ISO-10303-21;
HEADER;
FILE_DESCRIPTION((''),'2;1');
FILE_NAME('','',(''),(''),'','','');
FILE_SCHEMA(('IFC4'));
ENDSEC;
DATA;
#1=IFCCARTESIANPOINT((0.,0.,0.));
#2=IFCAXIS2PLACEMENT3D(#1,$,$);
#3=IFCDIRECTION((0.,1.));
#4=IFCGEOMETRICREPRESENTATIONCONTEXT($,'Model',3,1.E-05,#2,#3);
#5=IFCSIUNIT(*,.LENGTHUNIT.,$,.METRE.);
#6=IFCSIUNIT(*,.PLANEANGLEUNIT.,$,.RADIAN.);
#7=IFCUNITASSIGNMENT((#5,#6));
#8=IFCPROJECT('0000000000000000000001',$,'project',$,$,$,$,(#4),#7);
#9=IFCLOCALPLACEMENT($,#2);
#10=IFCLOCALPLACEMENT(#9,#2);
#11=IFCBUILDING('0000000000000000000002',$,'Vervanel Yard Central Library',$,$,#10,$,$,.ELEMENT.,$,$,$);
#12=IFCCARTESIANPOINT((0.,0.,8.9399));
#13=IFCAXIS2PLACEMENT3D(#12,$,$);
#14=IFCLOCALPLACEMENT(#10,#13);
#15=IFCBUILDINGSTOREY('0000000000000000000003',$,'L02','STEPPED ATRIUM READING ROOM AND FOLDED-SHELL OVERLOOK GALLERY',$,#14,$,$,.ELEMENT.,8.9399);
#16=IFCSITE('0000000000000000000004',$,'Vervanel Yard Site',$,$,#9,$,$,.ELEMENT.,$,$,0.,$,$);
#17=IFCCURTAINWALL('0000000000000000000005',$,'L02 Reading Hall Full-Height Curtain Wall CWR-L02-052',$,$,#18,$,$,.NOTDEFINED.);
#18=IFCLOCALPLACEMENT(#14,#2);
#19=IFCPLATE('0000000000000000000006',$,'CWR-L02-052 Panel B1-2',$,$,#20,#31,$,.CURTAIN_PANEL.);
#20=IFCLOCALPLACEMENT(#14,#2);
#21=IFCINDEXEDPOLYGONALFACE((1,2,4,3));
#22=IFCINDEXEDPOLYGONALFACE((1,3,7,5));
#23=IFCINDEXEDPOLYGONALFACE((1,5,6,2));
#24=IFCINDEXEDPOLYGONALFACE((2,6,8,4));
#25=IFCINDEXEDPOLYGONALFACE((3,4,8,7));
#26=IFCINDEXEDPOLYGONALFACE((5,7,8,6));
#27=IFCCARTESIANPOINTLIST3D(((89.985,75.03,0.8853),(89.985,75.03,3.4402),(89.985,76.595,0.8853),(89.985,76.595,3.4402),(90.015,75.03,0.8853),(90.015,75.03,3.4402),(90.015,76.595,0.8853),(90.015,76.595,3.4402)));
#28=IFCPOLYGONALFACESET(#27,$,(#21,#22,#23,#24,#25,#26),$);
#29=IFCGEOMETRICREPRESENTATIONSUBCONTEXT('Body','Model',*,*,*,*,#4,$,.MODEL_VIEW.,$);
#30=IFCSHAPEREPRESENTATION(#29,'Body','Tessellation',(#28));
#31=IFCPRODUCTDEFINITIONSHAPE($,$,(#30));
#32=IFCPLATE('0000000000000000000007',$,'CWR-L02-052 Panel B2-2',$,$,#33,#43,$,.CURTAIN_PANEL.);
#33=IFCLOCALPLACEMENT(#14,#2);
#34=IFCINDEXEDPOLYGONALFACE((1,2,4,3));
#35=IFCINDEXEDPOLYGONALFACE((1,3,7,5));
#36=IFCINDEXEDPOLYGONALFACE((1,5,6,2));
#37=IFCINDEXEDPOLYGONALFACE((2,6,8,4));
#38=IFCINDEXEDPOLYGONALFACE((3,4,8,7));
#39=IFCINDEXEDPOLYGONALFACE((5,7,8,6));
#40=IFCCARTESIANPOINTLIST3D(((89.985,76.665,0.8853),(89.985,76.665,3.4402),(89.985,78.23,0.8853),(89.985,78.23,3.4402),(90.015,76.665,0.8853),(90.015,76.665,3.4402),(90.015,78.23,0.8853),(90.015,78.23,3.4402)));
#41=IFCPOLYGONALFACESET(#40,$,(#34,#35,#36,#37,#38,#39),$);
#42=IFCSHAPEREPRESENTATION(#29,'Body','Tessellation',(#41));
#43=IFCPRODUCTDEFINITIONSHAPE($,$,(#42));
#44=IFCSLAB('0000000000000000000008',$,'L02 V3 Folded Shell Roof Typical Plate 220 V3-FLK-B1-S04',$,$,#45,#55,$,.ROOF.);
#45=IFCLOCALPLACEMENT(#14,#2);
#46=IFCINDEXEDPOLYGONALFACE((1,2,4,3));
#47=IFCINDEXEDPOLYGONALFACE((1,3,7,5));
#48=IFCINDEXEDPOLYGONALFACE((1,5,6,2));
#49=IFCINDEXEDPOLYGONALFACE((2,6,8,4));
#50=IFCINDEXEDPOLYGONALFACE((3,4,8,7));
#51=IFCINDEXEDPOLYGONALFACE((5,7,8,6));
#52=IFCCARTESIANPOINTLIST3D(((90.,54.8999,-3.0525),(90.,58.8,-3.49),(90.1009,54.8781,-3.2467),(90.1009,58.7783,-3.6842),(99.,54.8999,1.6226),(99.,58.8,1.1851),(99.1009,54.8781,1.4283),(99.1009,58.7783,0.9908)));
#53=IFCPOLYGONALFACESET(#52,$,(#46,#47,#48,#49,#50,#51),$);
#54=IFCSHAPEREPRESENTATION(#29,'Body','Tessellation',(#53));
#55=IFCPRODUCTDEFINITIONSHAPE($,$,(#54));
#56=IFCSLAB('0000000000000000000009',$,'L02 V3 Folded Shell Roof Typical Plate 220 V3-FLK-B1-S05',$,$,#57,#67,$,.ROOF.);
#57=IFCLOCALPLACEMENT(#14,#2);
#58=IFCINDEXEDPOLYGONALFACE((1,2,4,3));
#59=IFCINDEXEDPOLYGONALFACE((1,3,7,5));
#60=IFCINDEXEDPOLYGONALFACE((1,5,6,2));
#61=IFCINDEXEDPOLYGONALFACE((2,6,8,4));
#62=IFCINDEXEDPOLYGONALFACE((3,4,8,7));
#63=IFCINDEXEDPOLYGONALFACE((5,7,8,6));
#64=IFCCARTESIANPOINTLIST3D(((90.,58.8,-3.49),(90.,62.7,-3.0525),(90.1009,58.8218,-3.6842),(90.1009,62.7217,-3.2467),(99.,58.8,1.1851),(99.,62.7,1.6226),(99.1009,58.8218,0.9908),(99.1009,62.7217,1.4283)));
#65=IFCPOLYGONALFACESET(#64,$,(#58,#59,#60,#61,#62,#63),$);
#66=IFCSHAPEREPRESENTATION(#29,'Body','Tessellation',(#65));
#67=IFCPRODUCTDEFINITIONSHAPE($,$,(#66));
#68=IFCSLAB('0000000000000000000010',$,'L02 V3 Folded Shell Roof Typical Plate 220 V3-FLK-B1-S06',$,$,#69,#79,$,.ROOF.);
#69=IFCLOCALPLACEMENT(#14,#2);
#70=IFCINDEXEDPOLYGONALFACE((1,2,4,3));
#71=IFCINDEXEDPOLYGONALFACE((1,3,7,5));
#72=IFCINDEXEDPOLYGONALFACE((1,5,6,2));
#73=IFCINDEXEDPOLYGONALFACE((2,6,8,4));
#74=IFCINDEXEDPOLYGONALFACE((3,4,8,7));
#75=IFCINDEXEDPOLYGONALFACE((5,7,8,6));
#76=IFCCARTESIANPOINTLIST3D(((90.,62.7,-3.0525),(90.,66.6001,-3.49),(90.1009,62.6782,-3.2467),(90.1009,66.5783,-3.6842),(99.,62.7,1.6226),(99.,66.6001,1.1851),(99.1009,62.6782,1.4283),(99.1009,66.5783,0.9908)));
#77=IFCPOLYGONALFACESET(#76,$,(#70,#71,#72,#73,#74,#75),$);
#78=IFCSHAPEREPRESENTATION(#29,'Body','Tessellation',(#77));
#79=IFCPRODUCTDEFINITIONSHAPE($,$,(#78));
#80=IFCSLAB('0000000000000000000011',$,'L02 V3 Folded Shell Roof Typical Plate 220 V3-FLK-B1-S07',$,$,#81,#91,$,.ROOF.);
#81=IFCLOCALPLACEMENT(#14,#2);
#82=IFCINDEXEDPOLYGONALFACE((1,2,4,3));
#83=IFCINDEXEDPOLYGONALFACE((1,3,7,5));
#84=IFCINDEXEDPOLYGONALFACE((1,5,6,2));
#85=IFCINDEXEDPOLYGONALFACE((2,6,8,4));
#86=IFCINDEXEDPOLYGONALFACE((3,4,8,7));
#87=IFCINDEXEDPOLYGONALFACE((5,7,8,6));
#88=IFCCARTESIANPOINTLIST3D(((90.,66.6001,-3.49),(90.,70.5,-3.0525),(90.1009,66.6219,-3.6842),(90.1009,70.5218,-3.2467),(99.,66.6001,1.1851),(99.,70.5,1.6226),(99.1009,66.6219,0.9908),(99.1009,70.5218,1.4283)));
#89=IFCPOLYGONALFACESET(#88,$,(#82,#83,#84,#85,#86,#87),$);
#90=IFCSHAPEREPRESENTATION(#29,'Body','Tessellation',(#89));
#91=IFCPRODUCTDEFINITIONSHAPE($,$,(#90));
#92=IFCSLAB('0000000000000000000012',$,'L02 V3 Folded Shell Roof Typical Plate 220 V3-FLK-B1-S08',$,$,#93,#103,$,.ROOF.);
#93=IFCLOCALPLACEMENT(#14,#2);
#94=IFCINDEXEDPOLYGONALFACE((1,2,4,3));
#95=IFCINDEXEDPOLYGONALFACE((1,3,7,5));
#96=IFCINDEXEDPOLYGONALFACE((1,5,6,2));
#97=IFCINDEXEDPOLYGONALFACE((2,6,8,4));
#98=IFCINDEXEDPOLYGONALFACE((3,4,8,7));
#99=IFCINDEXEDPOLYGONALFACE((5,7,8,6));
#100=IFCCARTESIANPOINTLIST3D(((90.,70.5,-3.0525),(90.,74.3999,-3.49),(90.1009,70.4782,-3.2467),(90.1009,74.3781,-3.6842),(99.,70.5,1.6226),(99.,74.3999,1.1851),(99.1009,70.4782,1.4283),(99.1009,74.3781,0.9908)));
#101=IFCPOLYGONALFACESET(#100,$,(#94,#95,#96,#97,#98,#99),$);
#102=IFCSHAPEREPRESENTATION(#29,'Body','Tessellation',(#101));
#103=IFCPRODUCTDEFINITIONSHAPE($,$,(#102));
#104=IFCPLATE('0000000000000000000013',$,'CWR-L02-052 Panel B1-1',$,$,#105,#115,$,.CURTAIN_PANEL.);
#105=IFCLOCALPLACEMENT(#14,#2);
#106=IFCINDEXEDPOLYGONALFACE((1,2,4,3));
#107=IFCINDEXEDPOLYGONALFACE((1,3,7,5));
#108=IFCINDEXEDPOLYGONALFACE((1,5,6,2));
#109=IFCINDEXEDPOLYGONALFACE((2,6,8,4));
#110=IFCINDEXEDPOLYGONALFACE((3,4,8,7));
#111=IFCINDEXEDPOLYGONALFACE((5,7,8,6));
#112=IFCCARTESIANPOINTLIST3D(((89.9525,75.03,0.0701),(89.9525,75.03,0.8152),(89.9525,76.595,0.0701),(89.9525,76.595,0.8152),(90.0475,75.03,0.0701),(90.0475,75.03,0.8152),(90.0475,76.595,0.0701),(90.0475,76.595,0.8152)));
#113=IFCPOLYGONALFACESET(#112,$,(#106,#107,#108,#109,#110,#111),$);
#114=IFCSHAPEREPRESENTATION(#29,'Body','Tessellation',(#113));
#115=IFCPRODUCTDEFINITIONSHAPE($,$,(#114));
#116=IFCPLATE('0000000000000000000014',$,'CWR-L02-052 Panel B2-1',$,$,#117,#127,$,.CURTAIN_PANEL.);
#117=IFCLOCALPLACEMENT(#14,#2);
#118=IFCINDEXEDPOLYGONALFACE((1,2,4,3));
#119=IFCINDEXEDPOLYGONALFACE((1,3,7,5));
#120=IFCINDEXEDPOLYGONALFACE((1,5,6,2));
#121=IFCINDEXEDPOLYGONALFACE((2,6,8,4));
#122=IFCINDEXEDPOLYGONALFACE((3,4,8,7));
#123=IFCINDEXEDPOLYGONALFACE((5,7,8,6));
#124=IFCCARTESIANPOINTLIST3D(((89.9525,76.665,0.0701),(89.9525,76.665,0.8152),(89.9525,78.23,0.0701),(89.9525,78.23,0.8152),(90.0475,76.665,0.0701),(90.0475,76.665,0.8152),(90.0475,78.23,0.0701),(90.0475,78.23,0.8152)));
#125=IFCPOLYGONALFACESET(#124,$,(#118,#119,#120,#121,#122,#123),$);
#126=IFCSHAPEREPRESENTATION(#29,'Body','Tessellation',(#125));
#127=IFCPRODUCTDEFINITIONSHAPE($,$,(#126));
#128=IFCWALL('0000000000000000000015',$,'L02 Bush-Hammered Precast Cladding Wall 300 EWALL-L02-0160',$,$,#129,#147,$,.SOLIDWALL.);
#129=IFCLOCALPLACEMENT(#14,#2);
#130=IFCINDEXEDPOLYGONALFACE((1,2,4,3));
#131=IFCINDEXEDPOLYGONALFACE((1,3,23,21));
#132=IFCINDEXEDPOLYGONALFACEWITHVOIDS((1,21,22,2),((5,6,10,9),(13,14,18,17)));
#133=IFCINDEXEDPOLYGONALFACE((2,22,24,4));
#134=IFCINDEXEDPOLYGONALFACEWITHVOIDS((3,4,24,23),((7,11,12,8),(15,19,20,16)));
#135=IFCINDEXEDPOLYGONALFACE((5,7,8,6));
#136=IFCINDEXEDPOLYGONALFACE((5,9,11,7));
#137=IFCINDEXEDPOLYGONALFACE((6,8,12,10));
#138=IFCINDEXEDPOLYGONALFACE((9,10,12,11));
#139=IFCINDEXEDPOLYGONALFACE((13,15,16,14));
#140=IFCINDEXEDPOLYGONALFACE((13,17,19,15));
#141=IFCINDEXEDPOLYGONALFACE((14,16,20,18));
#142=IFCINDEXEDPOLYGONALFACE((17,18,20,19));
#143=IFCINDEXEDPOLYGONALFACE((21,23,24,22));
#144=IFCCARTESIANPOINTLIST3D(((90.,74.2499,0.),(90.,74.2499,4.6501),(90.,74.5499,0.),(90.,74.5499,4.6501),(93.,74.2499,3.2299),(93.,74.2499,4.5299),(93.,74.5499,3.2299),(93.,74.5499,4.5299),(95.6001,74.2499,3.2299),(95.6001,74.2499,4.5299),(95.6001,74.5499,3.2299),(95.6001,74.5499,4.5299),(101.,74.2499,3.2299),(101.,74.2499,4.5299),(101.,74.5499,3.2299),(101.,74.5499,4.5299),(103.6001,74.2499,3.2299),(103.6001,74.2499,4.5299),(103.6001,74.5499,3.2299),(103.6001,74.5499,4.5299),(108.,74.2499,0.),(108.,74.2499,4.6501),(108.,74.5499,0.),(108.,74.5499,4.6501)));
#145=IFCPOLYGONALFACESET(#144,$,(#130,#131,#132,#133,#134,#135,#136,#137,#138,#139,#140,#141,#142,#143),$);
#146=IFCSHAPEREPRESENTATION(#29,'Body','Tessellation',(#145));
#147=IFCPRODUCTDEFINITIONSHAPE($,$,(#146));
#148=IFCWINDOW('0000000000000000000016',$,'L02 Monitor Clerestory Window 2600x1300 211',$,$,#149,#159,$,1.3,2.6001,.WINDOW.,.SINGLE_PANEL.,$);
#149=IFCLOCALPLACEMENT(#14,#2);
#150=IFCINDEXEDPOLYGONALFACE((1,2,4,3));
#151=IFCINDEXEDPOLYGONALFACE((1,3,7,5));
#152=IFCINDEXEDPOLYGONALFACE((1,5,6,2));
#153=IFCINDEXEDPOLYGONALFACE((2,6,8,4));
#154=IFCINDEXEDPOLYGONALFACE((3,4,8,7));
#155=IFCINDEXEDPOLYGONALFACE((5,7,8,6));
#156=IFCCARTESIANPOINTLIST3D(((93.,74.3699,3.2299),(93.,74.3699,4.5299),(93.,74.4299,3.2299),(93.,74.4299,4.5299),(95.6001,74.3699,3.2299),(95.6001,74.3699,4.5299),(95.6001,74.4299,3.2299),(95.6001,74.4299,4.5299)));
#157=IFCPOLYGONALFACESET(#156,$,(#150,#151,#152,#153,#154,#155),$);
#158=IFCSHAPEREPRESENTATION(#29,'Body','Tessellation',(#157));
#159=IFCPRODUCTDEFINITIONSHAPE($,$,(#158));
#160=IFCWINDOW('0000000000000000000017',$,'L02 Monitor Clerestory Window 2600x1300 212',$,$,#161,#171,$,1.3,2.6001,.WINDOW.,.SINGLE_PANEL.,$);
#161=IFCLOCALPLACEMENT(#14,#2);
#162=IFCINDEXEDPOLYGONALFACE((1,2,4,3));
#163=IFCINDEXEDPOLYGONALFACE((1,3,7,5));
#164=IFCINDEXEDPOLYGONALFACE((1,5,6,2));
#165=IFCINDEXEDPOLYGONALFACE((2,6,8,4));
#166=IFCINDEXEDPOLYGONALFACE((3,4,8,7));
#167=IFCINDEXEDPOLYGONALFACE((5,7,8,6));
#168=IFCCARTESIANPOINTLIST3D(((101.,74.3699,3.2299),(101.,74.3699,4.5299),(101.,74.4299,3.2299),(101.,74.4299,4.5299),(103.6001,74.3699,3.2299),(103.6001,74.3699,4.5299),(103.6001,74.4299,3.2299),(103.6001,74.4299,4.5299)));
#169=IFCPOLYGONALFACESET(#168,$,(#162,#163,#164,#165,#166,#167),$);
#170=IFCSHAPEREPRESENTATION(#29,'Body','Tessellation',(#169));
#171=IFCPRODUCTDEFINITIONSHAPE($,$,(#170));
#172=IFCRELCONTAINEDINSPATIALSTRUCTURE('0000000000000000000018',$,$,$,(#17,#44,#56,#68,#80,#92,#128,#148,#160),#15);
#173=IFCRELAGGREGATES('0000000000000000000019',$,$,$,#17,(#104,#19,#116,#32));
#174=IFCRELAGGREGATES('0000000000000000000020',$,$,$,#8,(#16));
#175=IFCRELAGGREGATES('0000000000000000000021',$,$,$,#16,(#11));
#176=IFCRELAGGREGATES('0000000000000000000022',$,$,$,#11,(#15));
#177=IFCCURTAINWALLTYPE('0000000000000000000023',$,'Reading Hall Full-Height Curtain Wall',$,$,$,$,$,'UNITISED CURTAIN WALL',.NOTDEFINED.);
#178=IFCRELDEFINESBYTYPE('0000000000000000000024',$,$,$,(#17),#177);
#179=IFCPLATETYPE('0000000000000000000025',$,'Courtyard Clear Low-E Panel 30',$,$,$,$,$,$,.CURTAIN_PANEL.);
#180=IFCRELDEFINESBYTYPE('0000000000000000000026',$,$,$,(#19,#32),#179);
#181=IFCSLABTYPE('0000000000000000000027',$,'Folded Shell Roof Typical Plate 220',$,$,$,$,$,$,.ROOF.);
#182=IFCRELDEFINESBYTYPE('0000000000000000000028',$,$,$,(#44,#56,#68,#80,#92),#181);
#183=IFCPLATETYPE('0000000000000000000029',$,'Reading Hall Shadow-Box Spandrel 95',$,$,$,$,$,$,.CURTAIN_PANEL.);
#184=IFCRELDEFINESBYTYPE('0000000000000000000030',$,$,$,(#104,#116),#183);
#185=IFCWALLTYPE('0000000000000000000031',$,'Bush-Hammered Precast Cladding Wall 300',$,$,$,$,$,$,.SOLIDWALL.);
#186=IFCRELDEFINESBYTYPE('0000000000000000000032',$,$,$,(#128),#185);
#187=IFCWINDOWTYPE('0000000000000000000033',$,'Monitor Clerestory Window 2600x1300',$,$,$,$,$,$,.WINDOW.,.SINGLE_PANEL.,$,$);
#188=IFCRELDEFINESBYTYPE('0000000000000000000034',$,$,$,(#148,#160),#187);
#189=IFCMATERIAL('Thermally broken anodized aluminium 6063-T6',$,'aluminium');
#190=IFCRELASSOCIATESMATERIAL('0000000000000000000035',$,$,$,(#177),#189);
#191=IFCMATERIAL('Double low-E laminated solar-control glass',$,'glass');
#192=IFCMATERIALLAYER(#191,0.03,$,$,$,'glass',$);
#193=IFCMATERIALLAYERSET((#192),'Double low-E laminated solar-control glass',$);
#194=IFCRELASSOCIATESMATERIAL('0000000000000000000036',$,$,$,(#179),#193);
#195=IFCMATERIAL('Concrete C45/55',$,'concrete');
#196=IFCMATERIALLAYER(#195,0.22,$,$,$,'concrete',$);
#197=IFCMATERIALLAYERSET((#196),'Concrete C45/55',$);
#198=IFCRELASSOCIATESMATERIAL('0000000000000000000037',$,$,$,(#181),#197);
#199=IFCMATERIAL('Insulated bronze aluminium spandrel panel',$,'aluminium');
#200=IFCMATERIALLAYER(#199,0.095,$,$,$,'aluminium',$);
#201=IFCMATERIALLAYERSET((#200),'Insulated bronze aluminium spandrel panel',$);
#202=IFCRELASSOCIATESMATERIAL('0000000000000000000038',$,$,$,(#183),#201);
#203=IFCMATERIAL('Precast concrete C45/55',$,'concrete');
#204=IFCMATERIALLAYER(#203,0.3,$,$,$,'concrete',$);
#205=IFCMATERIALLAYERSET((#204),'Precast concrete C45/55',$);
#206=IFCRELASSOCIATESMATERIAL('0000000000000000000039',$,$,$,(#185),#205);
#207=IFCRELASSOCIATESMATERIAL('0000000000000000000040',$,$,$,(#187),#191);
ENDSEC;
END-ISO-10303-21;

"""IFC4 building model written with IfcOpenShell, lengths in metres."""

from ifc_helpers import new_model, si_unit, direction, frame, frame_2d, origin, origin_2d, place, context, subcontext, project, spatial, polyline, rectangle, outline, extrude, material, layer, layer_set, type_object, element, fill, aggregate, save


model = new_model("IFC4")

# Units and contexts
model_context = context("Model", 3, precision=1e-05, world=origin(), true_north=direction((0.0, 1.0)))
body_context = subcontext(model_context, "Body", "Model", "MODEL_VIEW")
ifc_project = project(units=[si_unit("LENGTHUNIT", "METRE"), si_unit("PLANEANGLEUNIT", "RADIAN")], contexts=[model_context])

# Site, building, storey
site_placement = place(None, origin())
site = spatial("IfcSite", under=ifc_project, at=site_placement, Name="Vervanel Yard Site", CompositionType="ELEMENT", RefElevation=0.0)
building_placement = place(site_placement, origin())
building = spatial("IfcBuilding", under=site, at=building_placement, Name="Vervanel Yard Central Library", CompositionType="ELEMENT")
storey_placement = place(building_placement, frame((0.0, 0.0, 8.9399)))
storey = spatial("IfcBuildingStorey", under=building, at=storey_placement, Name="L02", Description="STEPPED ATRIUM READING ROOM AND FOLDED-SHELL OVERLOOK GALLERY", CompositionType="ELEMENT", Elevation=8.9399)

# Shared definitions
ifc_material_1 = material(Name="Concrete C45/55", Category="concrete")

# Curtain wall
ifc_material_2 = material(Name="Thermally broken anodized aluminium 6063-T6", Category="aluminium")
curtain_wall_type = type_object("IfcCurtainWallType", Name="Reading Hall Full-Height Curtain Wall", ElementType="UNITISED CURTAIN WALL", PredefinedType="NOTDEFINED", material=ifc_material_2)
curtain_wall_1_placement = place(storey_placement, origin())
curtain_wall_1 = element("IfcCurtainWall", 1, at=curtain_wall_1_placement, inside=storey, type_object=curtain_wall_type, Name="L02 Reading Hall Full-Height Curtain Wall CWR-L02-052", PredefinedType="NOTDEFINED")

# Plates
ifc_material_3 = material(Name="Double low-E laminated solar-control glass", Category="glass")
ifc_layer_1 = layer(ifc_material_3, 0.03, Category="glass")
ifc_layer_set_1 = layer_set([ifc_layer_1], Name="Double low-E laminated solar-control glass")
plate_type_1 = type_object("IfcPlateType", Name="Courtyard Clear Low-E Panel 30", PredefinedType="CURTAIN_PANEL", material=ifc_layer_set_1)
plate_1_placement = place(storey_placement, frame((90.0, 75.8125, 0.8853), z_axis=(0.0, 0.0, 1.0), x_axis=(0.0, 1.0, 0.0)))
plate_1 = element("IfcPlate", 2, at=plate_1_placement, type_object=plate_type_1, Name="CWR-L02-052 Panel B1-2", PredefinedType="CURTAIN_PANEL", context=body_context, shape_type="SweptSolid", body=[
    extrude(rectangle(XDim=1.5649, YDim=0.03, at=origin_2d()), origin(), (0.0, 0.0, 1.0), 2.5549),
])
plate_2_placement = place(storey_placement, frame((90.0, 77.4475, 0.8853), z_axis=(0.0, 0.0, 1.0), x_axis=(0.0, 1.0, 0.0)))
plate_2 = element("IfcPlate", 3, at=plate_2_placement, type_object=plate_type_1, Name="CWR-L02-052 Panel B2-2", PredefinedType="CURTAIN_PANEL", context=body_context, shape_type="SweptSolid", body=[
    extrude(rectangle(XDim=1.5649, YDim=0.03, at=origin_2d()), origin(), (0.0, 0.0, 1.0), 2.5549),
])

# Slabs
ifc_layer_2 = layer(ifc_material_1, 0.22, Category="concrete")
ifc_layer_set_2 = layer_set([ifc_layer_2], Name="Concrete C45/55")
slab_type = type_object("IfcSlabType", Name="Folded Shell Roof Typical Plate 220", PredefinedType="ROOF", material=ifc_layer_set_2)
slab_1_placement = place(storey_placement, frame((90.0, 54.8999, -3.0525), z_axis=(-0.458701, 0.099057, 0.883052), x_axis=(0.887417, 0.0, 0.460968)))
element("IfcSlab", 4, at=slab_1_placement, inside=storey, type_object=slab_type, Name="L02 V3 Folded Shell Roof Typical Plate 220 V3-FLK-B1-S04", PredefinedType="ROOF", context=body_context, shape_type="SweptSolid", body=[
    extrude(outline(polyline([(0.0, 0.0), (10.1418, 0.0), (9.9401, 3.9194), (-0.2017, 3.9194), (0.0, 0.0)])), origin(), (0.0, 0.0, -1.0), 0.22),
])
slab_2_placement = place(storey_placement, frame((90.0, 58.8, -3.49), z_axis=(-0.458701, -0.099063, 0.883052), x_axis=(0.887417, 0.0, 0.460968)))
element("IfcSlab", 5, at=slab_2_placement, inside=storey, type_object=slab_type, Name="L02 V3 Folded Shell Roof Typical Plate 220 V3-FLK-B1-S05", PredefinedType="ROOF", context=body_context, shape_type="SweptSolid", body=[
    extrude(outline(polyline([(0.0, 0.0), (10.1418, 0.0), (10.3435, 3.9192), (0.2017, 3.9192), (0.0, 0.0)])), origin(), (0.0, 0.0, -1.0), 0.22),
])
slab_3_placement = place(storey_placement, frame((90.0, 62.7, -3.0525), z_axis=(-0.458701, 0.099057, 0.883052), x_axis=(0.887417, 0.0, 0.460968)))
element("IfcSlab", 6, at=slab_3_placement, inside=storey, type_object=slab_type, Name="L02 V3 Folded Shell Roof Typical Plate 220 V3-FLK-B1-S06", PredefinedType="ROOF", context=body_context, shape_type="SweptSolid", body=[
    extrude(outline(polyline([(0.0, 0.0), (10.1418, 0.0), (9.9401, 3.9194), (-0.2017, 3.9194), (0.0, 0.0)])), origin(), (0.0, 0.0, -1.0), 0.22),
])
slab_4_placement = place(storey_placement, frame((90.0, 66.6001, -3.49), z_axis=(-0.458701, -0.099063, 0.883052), x_axis=(0.887417, 0.0, 0.460968)))
element("IfcSlab", 7, at=slab_4_placement, inside=storey, type_object=slab_type, Name="L02 V3 Folded Shell Roof Typical Plate 220 V3-FLK-B1-S07", PredefinedType="ROOF", context=body_context, shape_type="SweptSolid", body=[
    extrude(outline(polyline([(0.0, 0.0), (10.1418, 0.0), (10.3435, 3.9192), (0.2017, 3.9192), (0.0, 0.0)])), origin(), (0.0, 0.0, -1.0), 0.22),
])
slab_5_placement = place(storey_placement, frame((90.0, 70.5, -3.0525), z_axis=(-0.458701, 0.099063, 0.883052), x_axis=(0.887417, 0.0, 0.460968)))
element("IfcSlab", 8, at=slab_5_placement, inside=storey, type_object=slab_type, Name="L02 V3 Folded Shell Roof Typical Plate 220 V3-FLK-B1-S08", PredefinedType="ROOF", context=body_context, shape_type="SweptSolid", body=[
    extrude(outline(polyline([(0.0, 0.0), (10.1418, 0.0), (9.9401, 3.9192), (-0.2017, 3.9192), (0.0, 0.0)])), origin(), (0.0, 0.0, -1.0), 0.22),
])

# Plates
ifc_material_4 = material(Name="Insulated bronze aluminium spandrel panel", Category="aluminium")
ifc_layer_3 = layer(ifc_material_4, 0.095, Category="aluminium")
ifc_layer_set_3 = layer_set([ifc_layer_3], Name="Insulated bronze aluminium spandrel panel")
plate_type_2 = type_object("IfcPlateType", Name="Reading Hall Shadow-Box Spandrel 95", PredefinedType="CURTAIN_PANEL", material=ifc_layer_set_3)
plate_3_placement = place(storey_placement, frame((90.0, 75.8125, 0.0701), z_axis=(0.0, 0.0, 1.0), x_axis=(0.0, 1.0, 0.0)))
plate_3 = element("IfcPlate", 9, at=plate_3_placement, type_object=plate_type_2, Name="CWR-L02-052 Panel B1-1", PredefinedType="CURTAIN_PANEL", context=body_context, shape_type="SweptSolid", body=[
    extrude(rectangle(XDim=1.5649, YDim=0.095, at=origin_2d()), origin(), (0.0, 0.0, 1.0), 0.7451),
])
plate_4_placement = place(storey_placement, frame((90.0, 77.4475, 0.0701), z_axis=(0.0, 0.0, 1.0), x_axis=(0.0, 1.0, 0.0)))
plate_4 = element("IfcPlate", 10, at=plate_4_placement, type_object=plate_type_2, Name="CWR-L02-052 Panel B2-1", PredefinedType="CURTAIN_PANEL", context=body_context, shape_type="SweptSolid", body=[
    extrude(rectangle(XDim=1.5649, YDim=0.095, at=origin_2d()), origin(), (0.0, 0.0, 1.0), 0.7451),
])
aggregate(curtain_wall_1, [plate_3, plate_1, plate_4, plate_2])

# Wall, openings, windows
ifc_material_5 = material(Name="Precast concrete C45/55", Category="concrete")
ifc_layer_4 = layer(ifc_material_5, 0.3, Category="concrete")
ifc_layer_set_4 = layer_set([ifc_layer_4], Name="Precast concrete C45/55")
wall_type = type_object("IfcWallType", Name="Bush-Hammered Precast Cladding Wall 300", PredefinedType="SOLIDWALL", material=ifc_layer_set_4)
wall_placement = place(storey_placement, frame((90.0, 74.3999, 0.0), z_axis=(0.0, 0.0, 1.0), x_axis=(1.0, 0.0, 0.0)))
wall = element("IfcWall", 11, at=wall_placement, inside=storey, type_object=wall_type, Name="L02 Bush-Hammered Precast Cladding Wall 300 EWALL-L02-0160", PredefinedType="SOLIDWALL", context=body_context, shape_type="SweptSolid", body=[
    extrude(rectangle(XDim=18.0, YDim=0.3, at=frame_2d((9.0, 0.0))), origin(), (0.0, 0.0, 1.0), 4.6501),
])
opening_1_placement = place(wall_placement, frame((3.0, 0.0, 3.23)))
opening_1 = element("IfcOpeningElement", 12, at=opening_1_placement, cuts=wall, PredefinedType="OPENING", context=body_context, shape_type="SweptSolid", body=[
    extrude(rectangle(XDim=2.6001, YDim=1.3, at=frame_2d((1.3, 0.6499))), frame((0.0, 0.1599, 0.0), z_axis=(0.0, -1.0, 0.0), x_axis=(1.0, 0.0, 0.0)), (0.0, 0.0, 1.0), 0.3201),
])
opening_2_placement = place(wall_placement, frame((11.0, 0.0, 3.23)))
opening_2 = element("IfcOpeningElement", 13, at=opening_2_placement, cuts=wall, PredefinedType="OPENING", context=body_context, shape_type="SweptSolid", body=[
    extrude(rectangle(XDim=2.6001, YDim=1.3, at=frame_2d((1.3, 0.6499))), frame((0.0, 0.1599, 0.0), z_axis=(0.0, -1.0, 0.0), x_axis=(1.0, 0.0, 0.0)), (0.0, 0.0, 1.0), 0.3201),
])
window_type = type_object("IfcWindowType", Name="Monitor Clerestory Window 2600x1300", PartitioningType="SINGLE_PANEL", PredefinedType="WINDOW", material=ifc_material_3)
window_1_placement = place(opening_1_placement, origin())
window_1 = element("IfcWindow", 14, at=window_1_placement, inside=storey, type_object=window_type, Name="L02 Monitor Clerestory Window 2600x1300 211", OverallHeight=1.3, OverallWidth=2.6001, PartitioningType="SINGLE_PANEL", PredefinedType="WINDOW", context=body_context, shape_type="SweptSolid", body=[
    extrude(rectangle(XDim=2.6001, YDim=1.3, at=frame_2d((1.3, 0.6499))), frame((0.0, 0.03, 0.0), z_axis=(0.0, -1.0, 0.0), x_axis=(1.0, 0.0, 0.0)), (0.0, 0.0, 1.0), 0.0601),
])
fill(opening_1, window_1)
window_2_placement = place(opening_2_placement, origin())
window_2 = element("IfcWindow", 15, at=window_2_placement, inside=storey, type_object=window_type, Name="L02 Monitor Clerestory Window 2600x1300 212", OverallHeight=1.3, OverallWidth=2.6001, PartitioningType="SINGLE_PANEL", PredefinedType="WINDOW", context=body_context, shape_type="SweptSolid", body=[
    extrude(rectangle(XDim=2.6001, YDim=1.3, at=frame_2d((1.3, 0.6499))), frame((0.0, 0.03, 0.0), z_axis=(0.0, -1.0, 0.0), x_axis=(1.0, 0.0, 0.0)), (0.0, 0.0, 1.0), 0.0601),
])
fill(opening_2, window_2)

save(model, "model.ifc")
